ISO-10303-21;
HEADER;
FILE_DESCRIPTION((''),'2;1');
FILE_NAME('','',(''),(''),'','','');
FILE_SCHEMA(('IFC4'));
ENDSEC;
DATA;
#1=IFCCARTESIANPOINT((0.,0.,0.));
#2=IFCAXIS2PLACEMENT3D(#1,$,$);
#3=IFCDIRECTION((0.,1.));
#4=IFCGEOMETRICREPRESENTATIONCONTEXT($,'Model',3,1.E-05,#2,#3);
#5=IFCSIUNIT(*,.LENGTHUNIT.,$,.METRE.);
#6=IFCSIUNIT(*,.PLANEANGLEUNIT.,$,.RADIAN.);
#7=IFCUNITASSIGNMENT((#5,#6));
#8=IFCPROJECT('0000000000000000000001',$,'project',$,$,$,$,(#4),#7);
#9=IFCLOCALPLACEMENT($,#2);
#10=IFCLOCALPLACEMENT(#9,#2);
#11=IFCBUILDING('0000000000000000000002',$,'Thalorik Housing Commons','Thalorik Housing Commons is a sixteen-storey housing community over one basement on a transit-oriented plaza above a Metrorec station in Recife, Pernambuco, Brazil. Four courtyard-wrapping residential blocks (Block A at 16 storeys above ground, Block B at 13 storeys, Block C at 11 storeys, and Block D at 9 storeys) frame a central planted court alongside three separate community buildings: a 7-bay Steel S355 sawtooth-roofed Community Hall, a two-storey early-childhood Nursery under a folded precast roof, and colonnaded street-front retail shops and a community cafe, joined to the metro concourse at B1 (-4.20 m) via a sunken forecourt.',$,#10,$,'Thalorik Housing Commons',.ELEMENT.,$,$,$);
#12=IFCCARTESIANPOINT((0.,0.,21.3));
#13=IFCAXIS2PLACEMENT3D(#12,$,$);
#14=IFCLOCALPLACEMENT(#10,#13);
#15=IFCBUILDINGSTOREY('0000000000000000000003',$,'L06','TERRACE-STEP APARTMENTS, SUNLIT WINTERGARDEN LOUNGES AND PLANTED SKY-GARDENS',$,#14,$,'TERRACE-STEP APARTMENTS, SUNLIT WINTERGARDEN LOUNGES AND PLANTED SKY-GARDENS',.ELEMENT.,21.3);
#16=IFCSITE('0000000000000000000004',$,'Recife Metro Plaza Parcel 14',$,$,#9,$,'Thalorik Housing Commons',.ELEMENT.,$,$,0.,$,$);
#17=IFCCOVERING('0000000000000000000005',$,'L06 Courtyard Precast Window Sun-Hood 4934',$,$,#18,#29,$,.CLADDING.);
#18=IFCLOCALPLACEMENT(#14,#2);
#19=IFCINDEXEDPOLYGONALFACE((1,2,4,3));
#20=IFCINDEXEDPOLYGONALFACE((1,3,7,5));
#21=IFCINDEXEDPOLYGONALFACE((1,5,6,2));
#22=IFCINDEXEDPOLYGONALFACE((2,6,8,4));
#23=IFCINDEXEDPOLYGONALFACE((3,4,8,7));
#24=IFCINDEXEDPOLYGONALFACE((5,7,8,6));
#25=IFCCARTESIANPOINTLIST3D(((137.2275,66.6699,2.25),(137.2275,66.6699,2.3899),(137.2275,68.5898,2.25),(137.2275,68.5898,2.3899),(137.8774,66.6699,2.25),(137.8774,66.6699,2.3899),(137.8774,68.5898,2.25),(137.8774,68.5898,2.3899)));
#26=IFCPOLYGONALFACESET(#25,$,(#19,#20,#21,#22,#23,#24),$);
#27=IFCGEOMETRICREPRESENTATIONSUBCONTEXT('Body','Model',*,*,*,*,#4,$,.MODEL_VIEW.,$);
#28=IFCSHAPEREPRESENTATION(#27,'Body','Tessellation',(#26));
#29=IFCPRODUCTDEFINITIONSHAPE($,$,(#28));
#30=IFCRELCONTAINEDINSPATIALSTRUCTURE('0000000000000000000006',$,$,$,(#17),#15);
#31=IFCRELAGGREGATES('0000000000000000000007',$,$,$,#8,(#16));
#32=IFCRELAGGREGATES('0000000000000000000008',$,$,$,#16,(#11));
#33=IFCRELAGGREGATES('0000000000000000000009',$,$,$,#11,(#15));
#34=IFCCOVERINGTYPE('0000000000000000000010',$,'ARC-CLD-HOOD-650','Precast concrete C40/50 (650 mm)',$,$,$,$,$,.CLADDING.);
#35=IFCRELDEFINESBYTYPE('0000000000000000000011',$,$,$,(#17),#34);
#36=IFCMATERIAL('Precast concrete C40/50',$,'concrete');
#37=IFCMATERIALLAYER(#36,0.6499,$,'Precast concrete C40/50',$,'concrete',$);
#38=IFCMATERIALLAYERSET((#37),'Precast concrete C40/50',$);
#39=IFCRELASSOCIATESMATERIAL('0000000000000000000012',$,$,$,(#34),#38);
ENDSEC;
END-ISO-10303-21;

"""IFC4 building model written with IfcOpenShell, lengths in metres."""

from ifc_helpers import new_model, si_unit, direction, frame, origin, origin_2d, place, context, subcontext, project, spatial, rectangle, extrude, material, layer, layer_set, type_object, element, save


model = new_model("IFC4")

# Units and contexts
model_context = context("Model", 3, precision=1e-05, world=origin(), true_north=direction((0.0, 1.0)))
body_context = subcontext(model_context, "Body", "Model", "MODEL_VIEW")
ifc_project = project(units=[si_unit("LENGTHUNIT", "METRE"), si_unit("PLANEANGLEUNIT", "RADIAN")], contexts=[model_context])

# Site, building, storey
site_placement = place(None, origin())
site = spatial("IfcSite", under=ifc_project, at=site_placement, Name="Recife Metro Plaza Parcel 14", LongName="Thalorik Housing Commons", CompositionType="ELEMENT", RefElevation=0.0)
building_placement = place(site_placement, origin())
building = spatial("IfcBuilding", under=site, at=building_placement, Name="Thalorik Housing Commons", Description="Thalorik Housing Commons is a sixteen-storey housing community over one basement on a transit-oriented plaza above a Metrorec station in Recife, Pernambuco, Brazil. Four courtyard-wrapping residential blocks (Block A at 16 storeys above ground, Block B at 13 storeys, Block C at 11 storeys, and Block D at 9 storeys) frame a central planted court alongside three separate community buildings: a 7-bay Steel S355 sawtooth-roofed Community Hall, a two-storey early-childhood Nursery under a folded precast roof, and colonnaded street-front retail shops and a community cafe, joined to the metro concourse at B1 (-4.20 m) via a sunken forecourt.", LongName="Thalorik Housing Commons", CompositionType="ELEMENT")
storey_placement = place(building_placement, frame((0.0, 0.0, 21.3)))
storey = spatial("IfcBuildingStorey", under=building, at=storey_placement, Name="L06", Description="TERRACE-STEP APARTMENTS, SUNLIT WINTERGARDEN LOUNGES AND PLANTED SKY-GARDENS", LongName="TERRACE-STEP APARTMENTS, SUNLIT WINTERGARDEN LOUNGES AND PLANTED SKY-GARDENS", CompositionType="ELEMENT", Elevation=21.3)

# Shared definitions
ifc_material_1 = material(Name="Precast concrete C40/50", Category="concrete")

# Covering
ifc_layer_1 = layer(ifc_material_1, 0.6499, Name="Precast concrete C40/50", Category="concrete")
ifc_layer_set_1 = layer_set([ifc_layer_1], Name="Precast concrete C40/50")
covering_type_1 = type_object("IfcCoveringType", Name="ARC-CLD-HOOD-650", Description="Precast concrete C40/50 (650 mm)", PredefinedType="CLADDING", material=ifc_layer_set_1)
covering_1_placement = place(storey_placement, frame((137.5525, 67.6299, 2.25), z_axis=(0.0, 0.0, 1.0), x_axis=(0.0, -1.0, 0.0)))
element("IfcCovering", 1, at=covering_1_placement, inside=storey, type_object=covering_type_1, Name="L06 Courtyard Precast Window Sun-Hood 4934", PredefinedType="CLADDING", context=body_context, shape_type="SweptSolid", body=[
    extrude(rectangle(XDim=1.9199, YDim=0.6499, at=origin_2d()), origin(), (0.0, 0.0, 1.0), 0.1399),
])

save(model, "model.ifc")
